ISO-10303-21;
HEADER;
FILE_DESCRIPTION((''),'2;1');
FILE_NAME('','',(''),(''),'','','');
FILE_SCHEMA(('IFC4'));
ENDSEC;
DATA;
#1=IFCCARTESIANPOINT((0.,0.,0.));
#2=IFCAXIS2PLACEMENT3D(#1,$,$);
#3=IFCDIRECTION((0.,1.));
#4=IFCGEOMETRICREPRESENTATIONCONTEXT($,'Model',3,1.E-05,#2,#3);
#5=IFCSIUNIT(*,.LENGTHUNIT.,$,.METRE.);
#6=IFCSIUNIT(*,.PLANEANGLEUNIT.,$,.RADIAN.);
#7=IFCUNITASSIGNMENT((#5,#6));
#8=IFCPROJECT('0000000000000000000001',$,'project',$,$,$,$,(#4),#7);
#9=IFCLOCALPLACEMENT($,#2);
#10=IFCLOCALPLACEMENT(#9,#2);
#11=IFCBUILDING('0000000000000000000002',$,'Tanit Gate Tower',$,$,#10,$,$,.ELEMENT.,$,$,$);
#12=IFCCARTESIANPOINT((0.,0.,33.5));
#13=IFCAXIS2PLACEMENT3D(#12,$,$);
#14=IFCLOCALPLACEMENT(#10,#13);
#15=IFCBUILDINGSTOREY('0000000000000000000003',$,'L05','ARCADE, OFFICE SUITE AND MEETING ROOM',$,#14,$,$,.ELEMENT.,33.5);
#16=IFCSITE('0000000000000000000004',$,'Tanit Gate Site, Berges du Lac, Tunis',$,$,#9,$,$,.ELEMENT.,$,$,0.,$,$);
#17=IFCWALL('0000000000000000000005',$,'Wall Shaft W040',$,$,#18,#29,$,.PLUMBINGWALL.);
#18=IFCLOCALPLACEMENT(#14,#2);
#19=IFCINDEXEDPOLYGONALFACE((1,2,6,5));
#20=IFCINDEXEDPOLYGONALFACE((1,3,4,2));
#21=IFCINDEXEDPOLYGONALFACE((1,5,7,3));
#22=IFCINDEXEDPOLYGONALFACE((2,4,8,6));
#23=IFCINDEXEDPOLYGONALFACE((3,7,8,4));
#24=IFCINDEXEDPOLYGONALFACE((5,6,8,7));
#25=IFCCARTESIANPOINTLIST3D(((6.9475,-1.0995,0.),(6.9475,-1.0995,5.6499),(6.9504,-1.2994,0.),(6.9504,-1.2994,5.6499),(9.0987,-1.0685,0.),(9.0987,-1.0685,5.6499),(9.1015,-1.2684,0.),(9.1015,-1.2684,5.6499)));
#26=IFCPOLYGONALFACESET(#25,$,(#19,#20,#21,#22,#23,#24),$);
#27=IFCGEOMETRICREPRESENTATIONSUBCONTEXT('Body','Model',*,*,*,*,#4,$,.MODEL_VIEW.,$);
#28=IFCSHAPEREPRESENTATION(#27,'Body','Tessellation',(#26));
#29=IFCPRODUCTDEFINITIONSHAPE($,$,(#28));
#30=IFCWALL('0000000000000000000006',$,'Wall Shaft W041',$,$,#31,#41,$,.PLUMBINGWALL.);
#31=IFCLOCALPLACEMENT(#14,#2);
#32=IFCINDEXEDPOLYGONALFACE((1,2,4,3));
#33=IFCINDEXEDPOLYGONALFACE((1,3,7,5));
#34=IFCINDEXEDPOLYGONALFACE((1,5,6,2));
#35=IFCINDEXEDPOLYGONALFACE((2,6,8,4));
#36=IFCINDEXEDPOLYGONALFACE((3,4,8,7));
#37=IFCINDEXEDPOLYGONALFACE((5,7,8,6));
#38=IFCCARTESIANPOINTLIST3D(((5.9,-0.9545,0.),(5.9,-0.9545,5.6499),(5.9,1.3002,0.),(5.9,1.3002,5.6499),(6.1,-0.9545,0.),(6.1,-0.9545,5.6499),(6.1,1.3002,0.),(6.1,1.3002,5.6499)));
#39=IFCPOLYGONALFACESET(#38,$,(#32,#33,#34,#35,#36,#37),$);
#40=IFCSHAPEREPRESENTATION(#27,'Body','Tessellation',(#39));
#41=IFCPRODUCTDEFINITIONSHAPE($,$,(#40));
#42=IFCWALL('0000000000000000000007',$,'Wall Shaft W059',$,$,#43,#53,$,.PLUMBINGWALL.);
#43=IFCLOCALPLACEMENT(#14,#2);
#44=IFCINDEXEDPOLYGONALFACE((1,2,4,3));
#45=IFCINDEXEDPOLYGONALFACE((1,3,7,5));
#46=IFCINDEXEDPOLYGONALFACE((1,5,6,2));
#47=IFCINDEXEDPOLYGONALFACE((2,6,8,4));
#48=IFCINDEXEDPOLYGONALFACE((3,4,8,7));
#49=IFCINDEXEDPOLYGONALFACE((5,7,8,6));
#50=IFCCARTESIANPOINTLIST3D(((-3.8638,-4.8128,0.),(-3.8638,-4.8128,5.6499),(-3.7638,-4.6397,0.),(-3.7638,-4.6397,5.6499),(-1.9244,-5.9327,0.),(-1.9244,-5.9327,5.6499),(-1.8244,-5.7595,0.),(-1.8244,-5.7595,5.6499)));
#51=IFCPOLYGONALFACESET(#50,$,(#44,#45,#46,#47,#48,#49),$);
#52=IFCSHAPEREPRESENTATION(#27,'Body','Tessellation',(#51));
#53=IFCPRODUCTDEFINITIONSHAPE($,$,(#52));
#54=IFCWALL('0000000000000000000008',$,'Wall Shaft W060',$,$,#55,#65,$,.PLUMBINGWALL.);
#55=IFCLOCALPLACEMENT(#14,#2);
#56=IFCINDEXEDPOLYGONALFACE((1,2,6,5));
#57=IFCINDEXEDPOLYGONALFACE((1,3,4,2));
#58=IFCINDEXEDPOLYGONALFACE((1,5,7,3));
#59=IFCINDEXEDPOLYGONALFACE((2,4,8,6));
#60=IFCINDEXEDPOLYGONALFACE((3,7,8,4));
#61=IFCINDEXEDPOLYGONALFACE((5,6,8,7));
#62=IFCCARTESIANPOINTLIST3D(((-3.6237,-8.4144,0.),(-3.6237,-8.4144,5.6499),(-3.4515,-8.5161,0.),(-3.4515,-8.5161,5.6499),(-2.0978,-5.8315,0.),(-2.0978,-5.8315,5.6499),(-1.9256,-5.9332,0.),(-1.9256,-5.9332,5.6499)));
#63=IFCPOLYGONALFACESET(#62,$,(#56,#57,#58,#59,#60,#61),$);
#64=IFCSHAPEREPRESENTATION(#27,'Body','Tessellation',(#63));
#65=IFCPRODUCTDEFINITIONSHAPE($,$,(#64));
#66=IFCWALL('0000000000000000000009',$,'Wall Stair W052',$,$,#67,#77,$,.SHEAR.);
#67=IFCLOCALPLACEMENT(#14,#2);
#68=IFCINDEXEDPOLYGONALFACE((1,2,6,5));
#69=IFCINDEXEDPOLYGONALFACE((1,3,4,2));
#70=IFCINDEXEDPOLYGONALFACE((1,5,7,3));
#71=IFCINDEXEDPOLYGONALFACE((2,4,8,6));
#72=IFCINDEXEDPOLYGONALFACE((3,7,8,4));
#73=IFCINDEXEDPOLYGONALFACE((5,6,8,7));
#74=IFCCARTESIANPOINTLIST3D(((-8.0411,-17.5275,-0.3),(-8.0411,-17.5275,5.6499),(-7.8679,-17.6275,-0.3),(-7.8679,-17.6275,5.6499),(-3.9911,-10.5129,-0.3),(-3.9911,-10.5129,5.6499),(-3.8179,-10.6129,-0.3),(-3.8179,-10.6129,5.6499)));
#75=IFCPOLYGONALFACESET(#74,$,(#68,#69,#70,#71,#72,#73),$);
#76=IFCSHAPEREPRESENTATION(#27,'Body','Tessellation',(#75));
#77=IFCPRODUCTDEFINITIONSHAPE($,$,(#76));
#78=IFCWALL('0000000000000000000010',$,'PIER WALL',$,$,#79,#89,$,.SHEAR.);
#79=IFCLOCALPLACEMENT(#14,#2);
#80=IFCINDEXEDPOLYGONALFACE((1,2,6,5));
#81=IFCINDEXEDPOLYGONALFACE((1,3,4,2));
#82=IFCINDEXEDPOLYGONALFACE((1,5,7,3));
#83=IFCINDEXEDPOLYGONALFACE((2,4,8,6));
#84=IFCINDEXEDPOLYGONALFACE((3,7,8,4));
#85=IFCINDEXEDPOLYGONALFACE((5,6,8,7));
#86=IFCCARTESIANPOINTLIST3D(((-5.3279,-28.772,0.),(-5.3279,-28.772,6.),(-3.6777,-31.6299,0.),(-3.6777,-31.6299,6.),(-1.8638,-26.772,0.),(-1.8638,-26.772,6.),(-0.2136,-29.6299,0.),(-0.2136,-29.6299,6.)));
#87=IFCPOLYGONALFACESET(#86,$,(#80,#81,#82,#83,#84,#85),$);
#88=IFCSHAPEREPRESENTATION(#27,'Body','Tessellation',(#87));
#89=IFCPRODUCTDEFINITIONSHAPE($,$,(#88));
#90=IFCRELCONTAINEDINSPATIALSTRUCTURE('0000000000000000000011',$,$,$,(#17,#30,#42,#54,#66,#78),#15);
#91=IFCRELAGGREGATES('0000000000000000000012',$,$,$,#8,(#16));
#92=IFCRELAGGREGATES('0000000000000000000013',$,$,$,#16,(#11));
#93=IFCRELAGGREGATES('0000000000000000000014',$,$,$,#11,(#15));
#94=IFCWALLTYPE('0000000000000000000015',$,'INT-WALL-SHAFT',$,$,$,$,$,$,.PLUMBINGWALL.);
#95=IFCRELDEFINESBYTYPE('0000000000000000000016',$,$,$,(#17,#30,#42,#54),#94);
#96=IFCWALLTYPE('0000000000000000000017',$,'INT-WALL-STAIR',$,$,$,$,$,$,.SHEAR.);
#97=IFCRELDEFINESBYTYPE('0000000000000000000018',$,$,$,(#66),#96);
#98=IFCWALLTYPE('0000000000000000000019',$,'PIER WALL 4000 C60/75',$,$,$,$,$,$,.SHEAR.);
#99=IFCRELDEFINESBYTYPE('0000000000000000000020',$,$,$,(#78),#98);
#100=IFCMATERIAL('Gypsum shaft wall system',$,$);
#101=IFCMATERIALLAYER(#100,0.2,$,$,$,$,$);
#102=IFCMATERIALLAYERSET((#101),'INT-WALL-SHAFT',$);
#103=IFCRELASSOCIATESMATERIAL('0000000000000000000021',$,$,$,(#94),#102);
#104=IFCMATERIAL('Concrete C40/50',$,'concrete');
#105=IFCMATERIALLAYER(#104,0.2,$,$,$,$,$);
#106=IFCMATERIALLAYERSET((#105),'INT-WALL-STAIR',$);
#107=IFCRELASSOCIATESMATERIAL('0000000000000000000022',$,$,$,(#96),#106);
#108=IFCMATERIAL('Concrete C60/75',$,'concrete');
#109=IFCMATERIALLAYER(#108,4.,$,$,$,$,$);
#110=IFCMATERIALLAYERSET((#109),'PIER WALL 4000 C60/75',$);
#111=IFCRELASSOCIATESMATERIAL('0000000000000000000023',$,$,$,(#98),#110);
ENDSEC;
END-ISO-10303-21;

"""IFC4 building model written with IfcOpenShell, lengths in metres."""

from ifc_helpers import new_model, si_unit, direction, frame, frame_2d, origin, place, context, subcontext, project, spatial, polyline, rectangle, outline, extrude, material, layer, layer_set, type_object, element, save


model = new_model("IFC4")

# Units and contexts
model_context = context("Model", 3, precision=1e-05, world=origin(), true_north=direction((0.0, 1.0)))
body_context = subcontext(model_context, "Body", "Model", "MODEL_VIEW")
ifc_project = project(units=[si_unit("LENGTHUNIT", "METRE"), si_unit("PLANEANGLEUNIT", "RADIAN")], contexts=[model_context])

# Site, building, storey
site_placement = place(None, origin())
site = spatial("IfcSite", under=ifc_project, at=site_placement, Name="Tanit Gate Site, Berges du Lac, Tunis", CompositionType="ELEMENT", RefElevation=0.0)
building_placement = place(site_placement, origin())
building = spatial("IfcBuilding", under=site, at=building_placement, Name="Tanit Gate Tower", CompositionType="ELEMENT")
storey_placement = place(building_placement, frame((0.0, 0.0, 33.5)))
storey = spatial("IfcBuildingStorey", under=building, at=storey_placement, Name="L05", Description="ARCADE, OFFICE SUITE AND MEETING ROOM", CompositionType="ELEMENT", Elevation=33.5)

# Walls
ifc_material_1 = material(Name="Gypsum shaft wall system")
ifc_layer_1 = layer(ifc_material_1, 0.2)
ifc_layer_set_1 = layer_set([ifc_layer_1], Name="INT-WALL-SHAFT")
wall_type_1 = type_object("IfcWallType", Name="INT-WALL-SHAFT", PredefinedType="PLUMBINGWALL", material=ifc_layer_set_1)
wall_1_placement = place(storey_placement, frame((9.1001, -1.1685, 0.0), z_axis=(0.0, 0.0, 1.0), x_axis=(-0.999896, -0.014412, 0.0)))
element("IfcWall", 1, at=wall_1_placement, inside=storey, type_object=wall_type_1, Name="Wall Shaft W040", PredefinedType="PLUMBINGWALL", context=body_context, shape_type="SweptSolid", body=[
    extrude(rectangle(XDim=2.1514, YDim=0.2, at=frame_2d((1.0757, 0.0))), origin(), (0.0, 0.0, 1.0), 5.6499),
])
wall_2_placement = place(storey_placement, frame((6.0, -0.9546, 0.0), z_axis=(0.0, 0.0, 1.0), x_axis=(0.0, 1.0, 0.0)))
element("IfcWall", 2, at=wall_2_placement, inside=storey, type_object=wall_type_1, Name="Wall Shaft W041", PredefinedType="PLUMBINGWALL", context=body_context, shape_type="SweptSolid", body=[
    extrude(rectangle(XDim=2.2546, YDim=0.2, at=frame_2d((1.1274, 0.0))), origin(), (0.0, 0.0, 1.0), 5.6499),
])

# Walls
wall_3_placement = place(storey_placement, frame((-3.8137, -4.7263, 0.0), z_axis=(0.0, 0.0, 1.0), x_axis=(0.866, -0.500043, 0.0)))
element("IfcWall", 3, at=wall_3_placement, inside=storey, type_object=wall_type_1, Name="Wall Shaft W059", PredefinedType="PLUMBINGWALL", context=body_context, shape_type="SweptSolid", body=[
    extrude(rectangle(XDim=2.2395, YDim=0.2, at=frame_2d((1.1196, 0.0))), origin(), (0.0, 0.0, 1.0), 5.6499),
])
wall_4_placement = place(storey_placement, frame((-2.0117, -5.8823, 0.0), z_axis=(0.0, 0.0, 1.0), x_axis=(-0.50862, -0.860991, 0.0)))
element("IfcWall", 4, at=wall_4_placement, inside=storey, type_object=wall_type_1, Name="Wall Shaft W060", PredefinedType="PLUMBINGWALL", context=body_context, shape_type="SweptSolid", body=[
    extrude(rectangle(XDim=3.0, YDim=0.2, at=frame_2d((1.5, 0.0))), origin(), (0.0, 0.0, 1.0), 5.6499),
])
ifc_material_2 = material(Name="Concrete C40/50", Category="concrete")
ifc_layer_2 = layer(ifc_material_2, 0.2)
ifc_layer_set_2 = layer_set([ifc_layer_2], Name="INT-WALL-STAIR")
wall_type_2 = type_object("IfcWallType", Name="INT-WALL-STAIR", PredefinedType="SHEAR", material=ifc_layer_set_2)
wall_5_placement = place(storey_placement, frame((-3.9045, -10.563, -0.3), z_axis=(0.0, 0.0, 1.0), x_axis=(-0.500013, -0.866018, 0.0)))
element("IfcWall", 5, at=wall_5_placement, inside=storey, type_object=wall_type_2, Name="Wall Stair W052", PredefinedType="SHEAR", context=body_context, shape_type="SweptSolid", body=[
    extrude(rectangle(XDim=8.0999, YDim=0.2, at=frame_2d((4.0498, 0.0))), origin(), (0.0, 0.0, 1.0), 5.95),
])
ifc_material_3 = material(Name="Concrete C60/75", Category="concrete")
ifc_layer_3 = layer(ifc_material_3, 4.0)
ifc_layer_set_3 = layer_set([ifc_layer_3], Name="PIER WALL 4000 C60/75")
wall_type_3 = type_object("IfcWallType", Name="PIER WALL 4000 C60/75", PredefinedType="SHEAR", material=ifc_layer_set_3)
wall_6_placement = place(storey_placement, origin())
element("IfcWall", 6, at=wall_6_placement, inside=storey, type_object=wall_type_3, Name="PIER WALL", PredefinedType="SHEAR", context=body_context, shape_type="SweptSolid", body=[
    extrude(outline(polyline([(-3.6777, -31.6299), (-0.2136, -29.6299), (-1.8638, -26.772), (-5.3279, -28.772), (-3.6777, -31.6299)])), origin(), (0.0, 0.0, 1.0), 6.0),
])

save(model, "model.ifc")
